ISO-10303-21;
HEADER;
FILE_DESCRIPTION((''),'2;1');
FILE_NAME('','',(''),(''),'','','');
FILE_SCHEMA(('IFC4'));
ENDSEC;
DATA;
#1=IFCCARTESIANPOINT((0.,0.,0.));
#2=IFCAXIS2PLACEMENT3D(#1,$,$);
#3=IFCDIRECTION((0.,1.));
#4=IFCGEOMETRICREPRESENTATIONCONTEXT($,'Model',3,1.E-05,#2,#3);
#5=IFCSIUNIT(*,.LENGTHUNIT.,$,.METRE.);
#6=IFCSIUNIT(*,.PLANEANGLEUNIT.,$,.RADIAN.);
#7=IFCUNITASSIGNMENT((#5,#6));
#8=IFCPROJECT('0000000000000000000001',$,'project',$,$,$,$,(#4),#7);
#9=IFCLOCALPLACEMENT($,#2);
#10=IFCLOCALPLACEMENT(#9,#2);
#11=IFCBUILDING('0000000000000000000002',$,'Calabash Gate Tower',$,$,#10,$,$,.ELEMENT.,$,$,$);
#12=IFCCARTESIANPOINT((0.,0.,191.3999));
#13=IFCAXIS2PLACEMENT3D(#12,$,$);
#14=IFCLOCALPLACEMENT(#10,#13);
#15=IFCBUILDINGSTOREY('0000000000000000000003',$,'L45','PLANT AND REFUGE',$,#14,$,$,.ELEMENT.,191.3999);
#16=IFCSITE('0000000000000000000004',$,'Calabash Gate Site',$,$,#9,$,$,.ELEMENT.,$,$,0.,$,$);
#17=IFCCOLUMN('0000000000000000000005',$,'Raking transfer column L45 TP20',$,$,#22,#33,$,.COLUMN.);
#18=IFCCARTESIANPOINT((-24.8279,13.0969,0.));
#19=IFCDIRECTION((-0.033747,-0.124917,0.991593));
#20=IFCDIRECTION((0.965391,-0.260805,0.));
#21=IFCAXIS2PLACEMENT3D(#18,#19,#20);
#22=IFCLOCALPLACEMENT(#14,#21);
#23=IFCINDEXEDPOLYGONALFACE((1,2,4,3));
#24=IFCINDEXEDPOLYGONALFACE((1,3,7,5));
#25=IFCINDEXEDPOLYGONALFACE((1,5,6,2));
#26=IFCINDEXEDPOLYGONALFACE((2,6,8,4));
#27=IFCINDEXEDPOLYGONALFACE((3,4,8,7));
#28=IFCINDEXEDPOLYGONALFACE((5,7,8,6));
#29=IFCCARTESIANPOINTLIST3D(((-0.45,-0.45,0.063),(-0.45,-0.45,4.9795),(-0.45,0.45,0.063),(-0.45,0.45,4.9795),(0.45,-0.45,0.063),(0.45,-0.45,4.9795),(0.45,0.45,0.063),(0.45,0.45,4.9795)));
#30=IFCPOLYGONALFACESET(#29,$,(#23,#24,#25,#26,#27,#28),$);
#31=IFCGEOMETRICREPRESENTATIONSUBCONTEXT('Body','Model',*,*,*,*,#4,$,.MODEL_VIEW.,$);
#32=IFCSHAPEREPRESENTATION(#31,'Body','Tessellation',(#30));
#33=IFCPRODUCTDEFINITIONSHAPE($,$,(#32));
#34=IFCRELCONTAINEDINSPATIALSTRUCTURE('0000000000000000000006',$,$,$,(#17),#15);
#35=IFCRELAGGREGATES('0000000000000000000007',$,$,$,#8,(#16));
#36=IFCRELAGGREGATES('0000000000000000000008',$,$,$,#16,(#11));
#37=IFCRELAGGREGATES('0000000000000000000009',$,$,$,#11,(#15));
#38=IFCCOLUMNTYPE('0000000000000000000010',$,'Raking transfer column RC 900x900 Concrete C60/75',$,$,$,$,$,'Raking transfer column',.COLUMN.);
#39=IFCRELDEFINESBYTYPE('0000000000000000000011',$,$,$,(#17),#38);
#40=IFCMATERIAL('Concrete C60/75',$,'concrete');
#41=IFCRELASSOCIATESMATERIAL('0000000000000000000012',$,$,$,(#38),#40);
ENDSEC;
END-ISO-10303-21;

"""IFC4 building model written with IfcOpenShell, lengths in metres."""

from ifc_helpers import new_model, si_unit, direction, frame, origin, origin_2d, place, context, subcontext, project, spatial, rectangle, extrude, clip, halfspace, material, material_profile, profile_set, type_object, element, save


model = new_model("IFC4")

# Units and contexts
model_context = context("Model", 3, precision=1e-05, world=origin(), true_north=direction((0.0, 1.0)))
body_context = subcontext(model_context, "Body", "Model", "MODEL_VIEW")
ifc_project = project(units=[si_unit("LENGTHUNIT", "METRE"), si_unit("PLANEANGLEUNIT", "RADIAN")], contexts=[model_context])

# Site, building, storey
site_placement = place(None, origin())
site = spatial("IfcSite", under=ifc_project, at=site_placement, Name="Calabash Gate Site", CompositionType="ELEMENT", RefElevation=0.0)
building_placement = place(site_placement, origin())
building = spatial("IfcBuilding", under=site, at=building_placement, Name="Calabash Gate Tower", CompositionType="ELEMENT")
storey_placement = place(building_placement, frame((0.0, 0.0, 191.3999)))
storey = spatial("IfcBuildingStorey", under=building, at=storey_placement, Name="L45", Description="PLANT AND REFUGE", CompositionType="ELEMENT", Elevation=191.3999)

# Column
ifc_material_1 = material(Name="Concrete C60/75", Category="concrete")
ifc_material_profile_1 = material_profile(ifc_material_1, rectangle(XDim=0.8999, YDim=0.8999, at=origin_2d()))
ifc_profile_set_1 = profile_set([ifc_material_profile_1], Name="Concrete C60/75")
column_type = type_object("IfcColumnType", Name="Raking transfer column RC 900x900 Concrete C60/75", ElementType="Raking transfer column", PredefinedType="COLUMN", material=ifc_profile_set_1)
column_placement = place(storey_placement, frame((-24.8279, 13.0969, 0.0), z_axis=(-0.033747, -0.124917, 0.991593), x_axis=(0.965391, -0.260805, 0.0)))
element("IfcColumn", 1, at=column_placement, inside=storey, type_object=column_type, Name="Raking transfer column L45 TP20", PredefinedType="COLUMN", context=body_context, shape_type="Clipping", body=[
    clip(clip(extrude(rectangle(XDim=0.8999, YDim=0.8999, at=origin_2d()), origin(), (0.0, 0.0, 1.0), 5.0425), halfspace(frame((0.0, 0.0, 0.063), z_axis=(0.0, 0.0, 1.0), x_axis=(1.0, 0.0, 0.0)), True)), halfspace(frame((0.0, 0.0, 4.9795), z_axis=(0.0, 0.0, 1.0), x_axis=(1.0, 0.0, 0.0)), False)),
])

save(model, "model.ifc")
